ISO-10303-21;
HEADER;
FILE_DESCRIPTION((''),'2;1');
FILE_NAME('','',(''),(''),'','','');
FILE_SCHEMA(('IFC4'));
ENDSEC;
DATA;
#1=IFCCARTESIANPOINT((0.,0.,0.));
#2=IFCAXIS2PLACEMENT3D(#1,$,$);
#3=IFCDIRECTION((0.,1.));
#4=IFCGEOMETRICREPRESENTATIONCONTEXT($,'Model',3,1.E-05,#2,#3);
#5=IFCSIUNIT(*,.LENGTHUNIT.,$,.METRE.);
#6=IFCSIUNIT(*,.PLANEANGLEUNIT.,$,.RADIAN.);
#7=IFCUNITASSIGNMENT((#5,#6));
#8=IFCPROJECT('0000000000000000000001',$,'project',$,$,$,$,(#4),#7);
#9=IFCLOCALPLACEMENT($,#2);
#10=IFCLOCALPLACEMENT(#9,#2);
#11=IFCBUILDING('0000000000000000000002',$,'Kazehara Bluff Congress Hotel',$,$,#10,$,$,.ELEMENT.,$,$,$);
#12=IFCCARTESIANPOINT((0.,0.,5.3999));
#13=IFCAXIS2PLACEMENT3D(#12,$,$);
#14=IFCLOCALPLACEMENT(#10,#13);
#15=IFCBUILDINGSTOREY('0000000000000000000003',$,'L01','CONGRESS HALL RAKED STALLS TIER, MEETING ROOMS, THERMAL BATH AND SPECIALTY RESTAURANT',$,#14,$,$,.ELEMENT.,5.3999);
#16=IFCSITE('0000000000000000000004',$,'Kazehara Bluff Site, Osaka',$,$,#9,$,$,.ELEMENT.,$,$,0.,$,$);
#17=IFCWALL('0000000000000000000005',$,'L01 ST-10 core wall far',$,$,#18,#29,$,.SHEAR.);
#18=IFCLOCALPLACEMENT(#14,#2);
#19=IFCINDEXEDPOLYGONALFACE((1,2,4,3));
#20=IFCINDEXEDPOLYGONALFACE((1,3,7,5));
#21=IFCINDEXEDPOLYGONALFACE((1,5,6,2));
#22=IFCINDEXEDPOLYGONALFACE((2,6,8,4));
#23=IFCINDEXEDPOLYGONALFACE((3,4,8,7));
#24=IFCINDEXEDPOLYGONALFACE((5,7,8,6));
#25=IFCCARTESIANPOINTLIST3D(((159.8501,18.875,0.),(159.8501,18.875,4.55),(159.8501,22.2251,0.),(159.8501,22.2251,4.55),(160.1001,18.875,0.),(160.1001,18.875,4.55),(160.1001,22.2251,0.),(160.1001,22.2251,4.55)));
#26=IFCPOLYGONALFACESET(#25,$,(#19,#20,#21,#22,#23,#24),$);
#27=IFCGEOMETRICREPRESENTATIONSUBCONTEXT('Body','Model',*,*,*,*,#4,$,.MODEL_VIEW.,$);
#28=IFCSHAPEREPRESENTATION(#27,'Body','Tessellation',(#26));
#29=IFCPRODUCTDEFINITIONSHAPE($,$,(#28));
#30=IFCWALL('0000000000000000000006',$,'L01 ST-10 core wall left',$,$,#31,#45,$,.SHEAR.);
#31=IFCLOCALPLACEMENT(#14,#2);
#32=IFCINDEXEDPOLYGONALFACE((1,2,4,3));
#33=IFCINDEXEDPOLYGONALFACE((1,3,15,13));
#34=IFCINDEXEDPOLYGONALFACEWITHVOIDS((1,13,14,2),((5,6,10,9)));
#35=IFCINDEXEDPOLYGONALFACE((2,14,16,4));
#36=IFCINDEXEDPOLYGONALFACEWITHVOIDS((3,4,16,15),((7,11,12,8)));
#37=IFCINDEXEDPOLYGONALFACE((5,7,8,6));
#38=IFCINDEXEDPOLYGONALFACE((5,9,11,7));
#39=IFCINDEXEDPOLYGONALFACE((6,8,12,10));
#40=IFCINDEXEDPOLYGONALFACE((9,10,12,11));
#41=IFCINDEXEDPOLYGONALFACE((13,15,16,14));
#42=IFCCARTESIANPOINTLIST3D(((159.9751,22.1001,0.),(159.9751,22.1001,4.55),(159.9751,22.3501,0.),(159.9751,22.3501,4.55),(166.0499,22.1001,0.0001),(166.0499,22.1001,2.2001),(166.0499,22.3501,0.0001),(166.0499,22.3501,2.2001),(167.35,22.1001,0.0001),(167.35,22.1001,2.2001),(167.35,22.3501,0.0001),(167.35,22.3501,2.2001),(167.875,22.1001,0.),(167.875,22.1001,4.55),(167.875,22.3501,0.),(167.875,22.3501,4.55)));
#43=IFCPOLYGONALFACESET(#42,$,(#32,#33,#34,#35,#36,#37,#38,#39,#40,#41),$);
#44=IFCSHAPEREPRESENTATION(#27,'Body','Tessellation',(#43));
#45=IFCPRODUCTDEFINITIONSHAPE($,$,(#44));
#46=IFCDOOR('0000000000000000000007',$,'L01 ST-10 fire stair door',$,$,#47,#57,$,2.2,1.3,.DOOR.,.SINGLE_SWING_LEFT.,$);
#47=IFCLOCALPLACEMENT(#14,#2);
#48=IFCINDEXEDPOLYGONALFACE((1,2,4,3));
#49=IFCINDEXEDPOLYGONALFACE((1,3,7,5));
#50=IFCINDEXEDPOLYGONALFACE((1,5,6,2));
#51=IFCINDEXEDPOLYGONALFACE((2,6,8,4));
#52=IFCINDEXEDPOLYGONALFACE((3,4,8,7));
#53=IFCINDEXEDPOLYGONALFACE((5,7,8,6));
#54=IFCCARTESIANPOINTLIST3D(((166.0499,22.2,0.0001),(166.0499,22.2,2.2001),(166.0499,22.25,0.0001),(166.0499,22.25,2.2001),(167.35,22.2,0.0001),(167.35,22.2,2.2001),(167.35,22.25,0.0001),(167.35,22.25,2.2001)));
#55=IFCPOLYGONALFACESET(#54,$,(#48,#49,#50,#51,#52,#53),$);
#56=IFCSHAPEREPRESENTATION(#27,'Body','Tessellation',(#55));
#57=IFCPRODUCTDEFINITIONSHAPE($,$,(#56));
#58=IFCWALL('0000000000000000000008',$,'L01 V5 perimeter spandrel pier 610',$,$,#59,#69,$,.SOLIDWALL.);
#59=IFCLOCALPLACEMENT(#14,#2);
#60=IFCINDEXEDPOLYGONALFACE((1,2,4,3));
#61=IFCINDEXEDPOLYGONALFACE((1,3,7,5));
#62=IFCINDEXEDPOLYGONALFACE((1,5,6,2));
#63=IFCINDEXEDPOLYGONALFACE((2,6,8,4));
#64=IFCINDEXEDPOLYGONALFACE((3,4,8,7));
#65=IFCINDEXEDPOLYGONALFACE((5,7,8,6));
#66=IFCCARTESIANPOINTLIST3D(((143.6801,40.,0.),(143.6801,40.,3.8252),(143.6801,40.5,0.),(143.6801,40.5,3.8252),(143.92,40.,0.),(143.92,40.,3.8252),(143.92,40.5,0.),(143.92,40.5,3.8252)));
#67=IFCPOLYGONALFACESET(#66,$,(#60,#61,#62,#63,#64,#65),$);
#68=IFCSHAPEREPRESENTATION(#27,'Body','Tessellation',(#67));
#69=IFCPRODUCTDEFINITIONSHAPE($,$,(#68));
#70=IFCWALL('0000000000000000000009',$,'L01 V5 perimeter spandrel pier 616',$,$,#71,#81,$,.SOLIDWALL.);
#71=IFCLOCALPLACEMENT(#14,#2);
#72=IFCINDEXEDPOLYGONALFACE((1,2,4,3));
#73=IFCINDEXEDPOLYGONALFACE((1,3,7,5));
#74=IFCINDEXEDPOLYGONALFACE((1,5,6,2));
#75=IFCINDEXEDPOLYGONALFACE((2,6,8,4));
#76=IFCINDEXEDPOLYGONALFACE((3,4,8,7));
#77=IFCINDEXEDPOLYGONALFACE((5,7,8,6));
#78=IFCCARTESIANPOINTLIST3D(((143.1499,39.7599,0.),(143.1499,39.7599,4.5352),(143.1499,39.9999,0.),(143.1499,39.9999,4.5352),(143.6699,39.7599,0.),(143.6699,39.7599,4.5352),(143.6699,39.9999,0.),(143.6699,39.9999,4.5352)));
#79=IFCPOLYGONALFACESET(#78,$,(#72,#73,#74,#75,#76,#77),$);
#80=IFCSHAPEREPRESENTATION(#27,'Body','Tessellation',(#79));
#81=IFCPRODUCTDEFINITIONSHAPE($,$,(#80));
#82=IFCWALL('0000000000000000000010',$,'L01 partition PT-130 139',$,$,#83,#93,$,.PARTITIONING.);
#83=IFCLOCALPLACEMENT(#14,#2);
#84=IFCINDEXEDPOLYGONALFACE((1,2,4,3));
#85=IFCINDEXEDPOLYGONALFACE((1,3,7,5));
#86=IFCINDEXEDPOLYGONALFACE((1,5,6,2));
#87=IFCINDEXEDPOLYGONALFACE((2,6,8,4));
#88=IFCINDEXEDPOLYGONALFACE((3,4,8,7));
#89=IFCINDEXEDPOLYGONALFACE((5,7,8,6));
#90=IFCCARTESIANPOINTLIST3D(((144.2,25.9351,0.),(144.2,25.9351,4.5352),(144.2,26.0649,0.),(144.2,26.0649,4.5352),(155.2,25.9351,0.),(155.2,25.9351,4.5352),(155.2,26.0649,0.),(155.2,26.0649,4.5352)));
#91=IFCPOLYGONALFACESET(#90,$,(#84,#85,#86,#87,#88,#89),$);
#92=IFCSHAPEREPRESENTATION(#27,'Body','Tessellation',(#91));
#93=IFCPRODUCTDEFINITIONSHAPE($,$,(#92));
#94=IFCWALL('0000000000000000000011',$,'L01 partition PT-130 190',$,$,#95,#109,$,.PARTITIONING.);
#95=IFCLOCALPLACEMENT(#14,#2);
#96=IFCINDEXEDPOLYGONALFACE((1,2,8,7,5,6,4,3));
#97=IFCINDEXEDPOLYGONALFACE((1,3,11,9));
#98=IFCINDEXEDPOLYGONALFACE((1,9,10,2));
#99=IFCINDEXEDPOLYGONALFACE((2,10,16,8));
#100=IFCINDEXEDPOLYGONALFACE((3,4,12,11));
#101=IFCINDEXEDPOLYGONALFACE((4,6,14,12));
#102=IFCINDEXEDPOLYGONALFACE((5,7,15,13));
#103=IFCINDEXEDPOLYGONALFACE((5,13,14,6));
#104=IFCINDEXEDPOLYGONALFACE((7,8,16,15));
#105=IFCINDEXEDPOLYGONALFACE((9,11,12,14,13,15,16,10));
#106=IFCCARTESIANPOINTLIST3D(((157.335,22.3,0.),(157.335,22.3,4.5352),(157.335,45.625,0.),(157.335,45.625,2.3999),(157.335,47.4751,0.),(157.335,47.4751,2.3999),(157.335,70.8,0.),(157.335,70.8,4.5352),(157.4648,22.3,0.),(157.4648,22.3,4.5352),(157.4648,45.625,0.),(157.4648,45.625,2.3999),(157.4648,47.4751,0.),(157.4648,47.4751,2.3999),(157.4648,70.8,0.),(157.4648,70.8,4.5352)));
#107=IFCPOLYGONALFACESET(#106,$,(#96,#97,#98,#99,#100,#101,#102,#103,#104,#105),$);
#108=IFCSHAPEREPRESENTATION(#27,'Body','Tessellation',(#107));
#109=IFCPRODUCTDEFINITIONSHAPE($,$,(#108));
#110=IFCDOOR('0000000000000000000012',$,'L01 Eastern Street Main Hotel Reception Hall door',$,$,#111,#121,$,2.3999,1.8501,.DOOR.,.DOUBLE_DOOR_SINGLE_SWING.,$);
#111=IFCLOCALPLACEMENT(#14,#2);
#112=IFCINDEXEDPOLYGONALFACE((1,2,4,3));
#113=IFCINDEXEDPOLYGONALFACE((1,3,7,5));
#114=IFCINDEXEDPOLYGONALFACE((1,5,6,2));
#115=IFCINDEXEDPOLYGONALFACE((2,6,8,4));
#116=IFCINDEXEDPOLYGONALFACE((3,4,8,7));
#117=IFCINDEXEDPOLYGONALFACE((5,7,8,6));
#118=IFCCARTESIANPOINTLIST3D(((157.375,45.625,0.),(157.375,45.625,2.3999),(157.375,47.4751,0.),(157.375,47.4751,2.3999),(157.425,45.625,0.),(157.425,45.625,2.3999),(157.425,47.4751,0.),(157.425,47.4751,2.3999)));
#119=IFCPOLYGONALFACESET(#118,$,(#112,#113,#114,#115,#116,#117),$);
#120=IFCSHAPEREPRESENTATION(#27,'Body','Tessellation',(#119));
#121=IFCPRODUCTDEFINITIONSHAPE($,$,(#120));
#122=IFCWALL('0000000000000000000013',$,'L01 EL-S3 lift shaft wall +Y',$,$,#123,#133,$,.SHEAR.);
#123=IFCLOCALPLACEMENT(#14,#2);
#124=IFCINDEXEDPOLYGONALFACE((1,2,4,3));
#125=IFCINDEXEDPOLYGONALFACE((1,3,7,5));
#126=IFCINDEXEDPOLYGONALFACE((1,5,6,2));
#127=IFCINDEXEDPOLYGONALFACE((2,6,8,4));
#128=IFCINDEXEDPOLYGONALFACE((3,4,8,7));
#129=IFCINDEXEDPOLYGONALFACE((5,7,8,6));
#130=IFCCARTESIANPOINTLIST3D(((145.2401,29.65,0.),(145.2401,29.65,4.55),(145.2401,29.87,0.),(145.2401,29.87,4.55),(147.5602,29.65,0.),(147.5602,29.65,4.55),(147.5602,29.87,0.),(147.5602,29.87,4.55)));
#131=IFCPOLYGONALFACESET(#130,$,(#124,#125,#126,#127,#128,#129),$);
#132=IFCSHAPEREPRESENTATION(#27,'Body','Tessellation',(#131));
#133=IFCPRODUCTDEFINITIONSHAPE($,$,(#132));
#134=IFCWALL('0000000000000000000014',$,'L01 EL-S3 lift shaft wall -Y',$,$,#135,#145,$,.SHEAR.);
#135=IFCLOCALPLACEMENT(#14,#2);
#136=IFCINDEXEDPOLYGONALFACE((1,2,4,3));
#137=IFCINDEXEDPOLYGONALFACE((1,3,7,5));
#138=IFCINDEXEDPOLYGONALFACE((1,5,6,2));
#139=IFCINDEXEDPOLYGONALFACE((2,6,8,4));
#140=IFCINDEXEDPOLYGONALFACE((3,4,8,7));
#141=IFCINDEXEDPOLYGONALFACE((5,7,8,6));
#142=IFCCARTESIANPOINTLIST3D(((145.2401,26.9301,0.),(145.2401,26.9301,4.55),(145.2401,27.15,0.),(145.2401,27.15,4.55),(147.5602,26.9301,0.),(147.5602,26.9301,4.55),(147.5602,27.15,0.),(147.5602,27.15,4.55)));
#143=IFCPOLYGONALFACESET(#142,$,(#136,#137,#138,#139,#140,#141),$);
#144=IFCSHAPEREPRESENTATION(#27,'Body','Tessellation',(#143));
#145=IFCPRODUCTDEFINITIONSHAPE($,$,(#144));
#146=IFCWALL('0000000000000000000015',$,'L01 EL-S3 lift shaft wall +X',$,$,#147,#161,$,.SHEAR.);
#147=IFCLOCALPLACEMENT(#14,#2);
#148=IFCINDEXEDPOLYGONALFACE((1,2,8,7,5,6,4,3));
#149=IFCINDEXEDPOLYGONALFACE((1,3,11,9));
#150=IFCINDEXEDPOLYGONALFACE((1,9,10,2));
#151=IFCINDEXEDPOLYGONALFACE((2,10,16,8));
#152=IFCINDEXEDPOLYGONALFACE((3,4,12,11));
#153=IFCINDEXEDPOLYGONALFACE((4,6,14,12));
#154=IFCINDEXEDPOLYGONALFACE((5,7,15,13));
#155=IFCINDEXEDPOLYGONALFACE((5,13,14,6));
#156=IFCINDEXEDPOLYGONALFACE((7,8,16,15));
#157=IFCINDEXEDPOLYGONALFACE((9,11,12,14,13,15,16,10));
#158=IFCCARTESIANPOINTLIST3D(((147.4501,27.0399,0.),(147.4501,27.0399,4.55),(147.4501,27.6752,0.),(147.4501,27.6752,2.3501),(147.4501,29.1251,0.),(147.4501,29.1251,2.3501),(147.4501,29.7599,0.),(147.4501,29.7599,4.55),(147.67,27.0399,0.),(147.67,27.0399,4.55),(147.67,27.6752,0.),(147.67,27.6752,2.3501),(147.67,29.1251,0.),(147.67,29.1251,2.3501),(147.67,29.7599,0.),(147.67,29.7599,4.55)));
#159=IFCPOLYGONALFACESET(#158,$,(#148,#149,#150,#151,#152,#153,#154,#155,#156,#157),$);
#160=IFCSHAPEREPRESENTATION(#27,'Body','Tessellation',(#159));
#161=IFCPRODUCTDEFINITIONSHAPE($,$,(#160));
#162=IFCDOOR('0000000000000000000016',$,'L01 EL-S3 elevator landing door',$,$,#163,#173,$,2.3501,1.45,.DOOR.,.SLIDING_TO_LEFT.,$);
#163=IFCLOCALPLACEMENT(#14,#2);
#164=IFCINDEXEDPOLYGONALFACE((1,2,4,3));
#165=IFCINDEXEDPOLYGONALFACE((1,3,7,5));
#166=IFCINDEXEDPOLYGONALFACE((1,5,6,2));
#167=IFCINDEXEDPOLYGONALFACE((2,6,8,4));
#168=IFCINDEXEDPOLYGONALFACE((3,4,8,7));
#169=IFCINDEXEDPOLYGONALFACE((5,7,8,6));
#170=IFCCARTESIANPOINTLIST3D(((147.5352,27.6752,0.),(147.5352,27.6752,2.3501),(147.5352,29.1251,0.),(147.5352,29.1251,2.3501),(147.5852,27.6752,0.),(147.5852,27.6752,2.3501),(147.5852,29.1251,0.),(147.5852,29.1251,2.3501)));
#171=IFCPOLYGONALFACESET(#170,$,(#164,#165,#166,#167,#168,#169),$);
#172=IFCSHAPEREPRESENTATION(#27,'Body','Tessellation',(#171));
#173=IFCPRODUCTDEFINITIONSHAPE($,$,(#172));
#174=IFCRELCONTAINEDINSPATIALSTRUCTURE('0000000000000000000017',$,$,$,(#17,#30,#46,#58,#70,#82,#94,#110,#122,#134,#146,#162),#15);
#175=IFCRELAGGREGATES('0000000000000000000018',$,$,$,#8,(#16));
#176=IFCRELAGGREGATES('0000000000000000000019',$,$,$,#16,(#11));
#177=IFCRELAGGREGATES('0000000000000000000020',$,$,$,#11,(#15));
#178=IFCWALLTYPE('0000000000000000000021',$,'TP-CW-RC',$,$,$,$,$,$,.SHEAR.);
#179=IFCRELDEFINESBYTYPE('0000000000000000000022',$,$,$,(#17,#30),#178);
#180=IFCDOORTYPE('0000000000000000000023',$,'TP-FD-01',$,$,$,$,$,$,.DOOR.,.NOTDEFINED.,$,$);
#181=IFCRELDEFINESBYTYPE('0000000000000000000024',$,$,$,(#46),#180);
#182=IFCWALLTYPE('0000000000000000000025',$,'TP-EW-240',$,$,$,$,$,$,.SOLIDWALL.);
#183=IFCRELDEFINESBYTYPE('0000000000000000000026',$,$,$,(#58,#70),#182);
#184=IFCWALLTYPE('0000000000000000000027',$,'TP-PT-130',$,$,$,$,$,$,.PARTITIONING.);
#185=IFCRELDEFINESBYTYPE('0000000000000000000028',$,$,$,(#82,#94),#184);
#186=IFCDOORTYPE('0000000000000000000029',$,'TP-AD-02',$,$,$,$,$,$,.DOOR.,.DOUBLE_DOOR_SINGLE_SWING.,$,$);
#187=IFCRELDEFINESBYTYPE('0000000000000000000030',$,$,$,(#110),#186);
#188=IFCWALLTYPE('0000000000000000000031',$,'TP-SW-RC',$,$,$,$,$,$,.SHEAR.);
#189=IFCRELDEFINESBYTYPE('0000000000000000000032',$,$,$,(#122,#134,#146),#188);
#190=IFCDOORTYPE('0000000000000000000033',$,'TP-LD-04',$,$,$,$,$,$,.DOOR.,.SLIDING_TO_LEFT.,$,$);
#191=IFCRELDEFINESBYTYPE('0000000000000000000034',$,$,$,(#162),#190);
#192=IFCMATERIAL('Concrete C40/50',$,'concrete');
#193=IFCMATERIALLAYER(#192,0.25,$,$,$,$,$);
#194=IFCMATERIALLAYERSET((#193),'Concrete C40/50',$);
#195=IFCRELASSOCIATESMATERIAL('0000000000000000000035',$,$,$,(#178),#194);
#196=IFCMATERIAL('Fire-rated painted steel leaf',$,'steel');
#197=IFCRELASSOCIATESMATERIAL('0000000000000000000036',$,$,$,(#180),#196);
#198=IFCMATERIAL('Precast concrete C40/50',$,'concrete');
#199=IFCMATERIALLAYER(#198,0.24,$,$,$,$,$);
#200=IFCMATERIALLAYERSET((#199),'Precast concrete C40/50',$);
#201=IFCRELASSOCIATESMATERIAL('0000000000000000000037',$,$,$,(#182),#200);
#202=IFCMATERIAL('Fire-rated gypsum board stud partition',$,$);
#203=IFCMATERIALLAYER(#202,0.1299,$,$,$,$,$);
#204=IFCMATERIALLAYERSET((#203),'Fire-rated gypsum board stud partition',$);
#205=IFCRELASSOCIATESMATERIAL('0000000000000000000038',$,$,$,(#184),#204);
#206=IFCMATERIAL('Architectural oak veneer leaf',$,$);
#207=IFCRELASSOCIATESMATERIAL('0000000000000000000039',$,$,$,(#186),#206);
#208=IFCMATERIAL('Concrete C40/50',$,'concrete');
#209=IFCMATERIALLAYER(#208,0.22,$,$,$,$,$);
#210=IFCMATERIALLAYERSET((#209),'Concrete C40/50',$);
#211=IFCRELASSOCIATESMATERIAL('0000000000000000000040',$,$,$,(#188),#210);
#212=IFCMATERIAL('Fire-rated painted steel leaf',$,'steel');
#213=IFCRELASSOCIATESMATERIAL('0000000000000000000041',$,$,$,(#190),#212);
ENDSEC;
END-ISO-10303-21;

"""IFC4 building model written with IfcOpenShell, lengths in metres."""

from ifc_helpers import new_model, si_unit, direction, frame, frame_2d, origin, place, context, subcontext, project, spatial, rectangle, extrude, material, layer, layer_set, type_object, element, fill, save


model = new_model("IFC4")

# Units and contexts
model_context = context("Model", 3, precision=1e-05, world=origin(), true_north=direction((0.0, 1.0)))
body_context = subcontext(model_context, "Body", "Model", "MODEL_VIEW")
ifc_project = project(units=[si_unit("LENGTHUNIT", "METRE"), si_unit("PLANEANGLEUNIT", "RADIAN")], contexts=[model_context])

# Site, building, storey
site_placement = place(None, origin())
site = spatial("IfcSite", under=ifc_project, at=site_placement, Name="Kazehara Bluff Site, Osaka", CompositionType="ELEMENT", RefElevation=0.0)
building_placement = place(site_placement, origin())
building = spatial("IfcBuilding", under=site, at=building_placement, Name="Kazehara Bluff Congress Hotel", CompositionType="ELEMENT")
storey_placement = place(building_placement, frame((0.0, 0.0, 5.3999)))
storey = spatial("IfcBuildingStorey", under=building, at=storey_placement, Name="L01", Description="CONGRESS HALL RAKED STALLS TIER, MEETING ROOMS, THERMAL BATH AND SPECIALTY RESTAURANT", CompositionType="ELEMENT", Elevation=5.3999)

# Wall
ifc_material_1 = material(Name="Concrete C40/50", Category="concrete")
ifc_layer_1 = layer(ifc_material_1, 0.25)
ifc_layer_set_1 = layer_set([ifc_layer_1], Name="Concrete C40/50")
wall_type_1 = type_object("IfcWallType", Name="TP-CW-RC", PredefinedType="SHEAR", material=ifc_layer_set_1)
wall_1_placement = place(storey_placement, frame((159.9751, 18.875, 0.0), z_axis=(0.0, 0.0, 1.0), x_axis=(0.0, 1.0, 0.0)))
element("IfcWall", 1, at=wall_1_placement, inside=storey, type_object=wall_type_1, Name="L01 ST-10 core wall far", PredefinedType="SHEAR", context=body_context, shape_type="SweptSolid", body=[
    extrude(rectangle(XDim=3.3501, YDim=0.25, at=frame_2d((1.675, 0.0))), origin(), (0.0, 0.0, 1.0), 4.55),
])

# Wall, opening, door
wall_2_placement = place(storey_placement, frame((159.9751, 22.2251, 0.0), z_axis=(0.0, 0.0, 1.0), x_axis=(1.0, 0.0, 0.0)))
wall_2 = element("IfcWall", 2, at=wall_2_placement, inside=storey, type_object=wall_type_1, Name="L01 ST-10 core wall left", PredefinedType="SHEAR", context=body_context, shape_type="SweptSolid", body=[
    extrude(rectangle(XDim=7.8999, YDim=0.25, at=frame_2d((3.95, 0.0))), origin(), (0.0, 0.0, 1.0), 4.55),
])
opening_1_placement = place(wall_2_placement, frame((6.075, 0.0, 0.0)))
opening_1 = element("IfcOpeningElement", 3, at=opening_1_placement, cuts=wall_2, PredefinedType="OPENING", context=body_context, shape_type="SweptSolid", body=[
    extrude(rectangle(XDim=1.3, YDim=2.2, at=frame_2d((0.6499, 1.1001))), frame((0.0, 0.135, 0.0), z_axis=(0.0, -1.0, 0.0), x_axis=(1.0, 0.0, 0.0)), (0.0, 0.0, 1.0), 0.27),
])
ifc_material_2 = material(Name="Fire-rated painted steel leaf", Category="steel")
door_type_1 = type_object("IfcDoorType", Name="TP-FD-01", OperationType="NOTDEFINED", PredefinedType="DOOR", material=ifc_material_2)
door_1_placement = place(opening_1_placement, origin())
door_1 = element("IfcDoor", 4, at=door_1_placement, inside=storey, type_object=door_type_1, Name="L01 ST-10 fire stair door", OperationType="SINGLE_SWING_LEFT", OverallHeight=2.2, OverallWidth=1.3, PredefinedType="DOOR", context=body_context, shape_type="SweptSolid", body=[
    extrude(rectangle(XDim=1.3, YDim=2.2, at=frame_2d((0.6499, 1.1001))), frame((0.0, 0.0249, 0.0), z_axis=(0.0, -1.0, 0.0), x_axis=(1.0, 0.0, 0.0)), (0.0, 0.0, 1.0), 0.05),
])
fill(opening_1, door_1)

# Walls
ifc_material_3 = material(Name="Precast concrete C40/50", Category="concrete")
ifc_layer_2 = layer(ifc_material_3, 0.24)
ifc_layer_set_2 = layer_set([ifc_layer_2], Name="Precast concrete C40/50")
wall_type_2 = type_object("IfcWallType", Name="TP-EW-240", PredefinedType="SOLIDWALL", material=ifc_layer_set_2)
wall_3_placement = place(storey_placement, frame((143.8, 40.0, 0.0), z_axis=(0.0, 0.0, 1.0), x_axis=(0.0, 1.0, 0.0)))
element("IfcWall", 5, at=wall_3_placement, inside=storey, type_object=wall_type_2, Name="L01 V5 perimeter spandrel pier 610", PredefinedType="SOLIDWALL", context=body_context, shape_type="SweptSolid", body=[
    extrude(rectangle(XDim=0.5, YDim=0.24, at=frame_2d((0.25, 0.0))), origin(), (0.0, 0.0, 1.0), 3.8252),
])
wall_4_placement = place(storey_placement, frame((143.1499, 39.8799, 0.0), z_axis=(0.0, 0.0, 1.0), x_axis=(1.0, 0.0, 0.0)))
element("IfcWall", 6, at=wall_4_placement, inside=storey, type_object=wall_type_2, Name="L01 V5 perimeter spandrel pier 616", PredefinedType="SOLIDWALL", context=body_context, shape_type="SweptSolid", body=[
    extrude(rectangle(XDim=0.52, YDim=0.24, at=frame_2d((0.26, 0.0))), origin(), (0.0, 0.0, 1.0), 4.5352),
])
ifc_material_4 = material(Name="Fire-rated gypsum board stud partition")
ifc_layer_3 = layer(ifc_material_4, 0.1299)
ifc_layer_set_3 = layer_set([ifc_layer_3], Name="Fire-rated gypsum board stud partition")
wall_type_3 = type_object("IfcWallType", Name="TP-PT-130", PredefinedType="PARTITIONING", material=ifc_layer_set_3)
wall_5_placement = place(storey_placement, frame((144.2, 26.0, 0.0), z_axis=(0.0, 0.0, 1.0), x_axis=(1.0, 0.0, 0.0)))
element("IfcWall", 7, at=wall_5_placement, inside=storey, type_object=wall_type_3, Name="L01 partition PT-130 139", PredefinedType="PARTITIONING", context=body_context, shape_type="SweptSolid", body=[
    extrude(rectangle(XDim=11.0, YDim=0.1299, at=frame_2d((5.5, 0.0))), origin(), (0.0, 0.0, 1.0), 4.5352),
])

# Wall, opening, door
wall_6_placement = place(storey_placement, frame((157.3999, 22.3, 0.0), z_axis=(0.0, 0.0, 1.0), x_axis=(0.0, 1.0, 0.0)))
wall_6 = element("IfcWall", 8, at=wall_6_placement, inside=storey, type_object=wall_type_3, Name="L01 partition PT-130 190", PredefinedType="PARTITIONING", context=body_context, shape_type="SweptSolid", body=[
    extrude(rectangle(XDim=48.5, YDim=0.1299, at=frame_2d((24.25, 0.0))), origin(), (0.0, 0.0, 1.0), 4.5352),
])
opening_2_placement = place(wall_6_placement, frame((23.325, 0.0, 0.0)))
opening_2 = element("IfcOpeningElement", 9, at=opening_2_placement, cuts=wall_6, PredefinedType="OPENING", context=body_context, shape_type="SweptSolid", body=[
    extrude(rectangle(XDim=1.8501, YDim=2.3999, at=frame_2d((0.925, 1.2))), frame((0.0, 0.075, 0.0), z_axis=(0.0, -1.0, 0.0), x_axis=(1.0, 0.0, 0.0)), (0.0, 0.0, 1.0), 0.1499),
])
ifc_material_5 = material(Name="Architectural oak veneer leaf")
door_type_2 = type_object("IfcDoorType", Name="TP-AD-02", OperationType="DOUBLE_DOOR_SINGLE_SWING", PredefinedType="DOOR", material=ifc_material_5)
door_2_placement = place(opening_2_placement, origin())
door_2 = element("IfcDoor", 10, at=door_2_placement, inside=storey, type_object=door_type_2, Name="L01 Eastern Street Main Hotel Reception Hall door", OperationType="DOUBLE_DOOR_SINGLE_SWING", OverallHeight=2.3999, OverallWidth=1.8501, PredefinedType="DOOR", context=body_context, shape_type="SweptSolid", body=[
    extrude(rectangle(XDim=1.8501, YDim=2.3999, at=frame_2d((0.925, 1.2))), frame((0.0, 0.0249, 0.0), z_axis=(0.0, -1.0, 0.0), x_axis=(1.0, 0.0, 0.0)), (0.0, 0.0, 1.0), 0.05),
])
fill(opening_2, door_2)

# Walls
ifc_material_6 = material(Name="Concrete C40/50", Category="concrete")
ifc_layer_4 = layer(ifc_material_6, 0.22)
ifc_layer_set_4 = layer_set([ifc_layer_4], Name="Concrete C40/50")
wall_type_4 = type_object("IfcWallType", Name="TP-SW-RC", PredefinedType="SHEAR", material=ifc_layer_set_4)
for number, where, z_axis, x_axis, name in (
    (11, (145.24, 29.76, 0.0), (0.0, 0.0, 1.0), (1.0, 0.0, 0.0), "L01 EL-S3 lift shaft wall +Y"),
    (12, (145.24, 27.04, 0.0), (0.0, 0.0, 1.0), (1.0, 0.0, 0.0), "L01 EL-S3 lift shaft wall -Y"),
):
    element("IfcWall", number, at=place(storey_placement, frame(where, z_axis=z_axis, x_axis=x_axis)), inside=storey, type_object=wall_type_4, Name=name, PredefinedType="SHEAR", context=body_context, shape_type="SweptSolid", body=[
        extrude(rectangle(XDim=2.3201, YDim=0.22, at=frame_2d((1.1602, 0.0))), origin(), (0.0, 0.0, 1.0), 4.55),
    ])

# Wall, opening, door
wall_7_placement = place(storey_placement, frame((147.5601, 27.04, 0.0), z_axis=(0.0, 0.0, 1.0), x_axis=(0.0, 1.0, 0.0)))
wall_7 = element("IfcWall", 13, at=wall_7_placement, inside=storey, type_object=wall_type_4, Name="L01 EL-S3 lift shaft wall +X", PredefinedType="SHEAR", context=body_context, shape_type="SweptSolid", body=[
    extrude(rectangle(XDim=2.72, YDim=0.22, at=frame_2d((1.3599, 0.0))), origin(), (0.0, 0.0, 1.0), 4.55),
])
opening_3_placement = place(wall_7_placement, frame((0.635, 0.0, 0.0)))
opening_3 = element("IfcOpeningElement", 14, at=opening_3_placement, cuts=wall_7, PredefinedType="OPENING", context=body_context, shape_type="SweptSolid", body=[
    extrude(rectangle(XDim=1.45, YDim=2.3501, at=frame_2d((0.7251, 1.175))), frame((0.0, 0.1199, 0.0), z_axis=(0.0, -1.0, 0.0), x_axis=(1.0, 0.0, 0.0)), (0.0, 0.0, 1.0), 0.24),
])
ifc_material_7 = material(Name="Fire-rated painted steel leaf", Category="steel")
door_type_3 = type_object("IfcDoorType", Name="TP-LD-04", OperationType="SLIDING_TO_LEFT", PredefinedType="DOOR", material=ifc_material_7)
door_3_placement = place(opening_3_placement, origin())
door_3 = element("IfcDoor", 15, at=door_3_placement, inside=storey, type_object=door_type_3, Name="L01 EL-S3 elevator landing door", OperationType="SLIDING_TO_LEFT", OverallHeight=2.3501, OverallWidth=1.45, PredefinedType="DOOR", context=body_context, shape_type="SweptSolid", body=[
    extrude(rectangle(XDim=1.45, YDim=2.3501, at=frame_2d((0.7251, 1.175))), frame((0.0, 0.0249, 0.0), z_axis=(0.0, -1.0, 0.0), x_axis=(1.0, 0.0, 0.0)), (0.0, 0.0, 1.0), 0.05),
])
fill(opening_3, door_3)

save(model, "model.ifc")
